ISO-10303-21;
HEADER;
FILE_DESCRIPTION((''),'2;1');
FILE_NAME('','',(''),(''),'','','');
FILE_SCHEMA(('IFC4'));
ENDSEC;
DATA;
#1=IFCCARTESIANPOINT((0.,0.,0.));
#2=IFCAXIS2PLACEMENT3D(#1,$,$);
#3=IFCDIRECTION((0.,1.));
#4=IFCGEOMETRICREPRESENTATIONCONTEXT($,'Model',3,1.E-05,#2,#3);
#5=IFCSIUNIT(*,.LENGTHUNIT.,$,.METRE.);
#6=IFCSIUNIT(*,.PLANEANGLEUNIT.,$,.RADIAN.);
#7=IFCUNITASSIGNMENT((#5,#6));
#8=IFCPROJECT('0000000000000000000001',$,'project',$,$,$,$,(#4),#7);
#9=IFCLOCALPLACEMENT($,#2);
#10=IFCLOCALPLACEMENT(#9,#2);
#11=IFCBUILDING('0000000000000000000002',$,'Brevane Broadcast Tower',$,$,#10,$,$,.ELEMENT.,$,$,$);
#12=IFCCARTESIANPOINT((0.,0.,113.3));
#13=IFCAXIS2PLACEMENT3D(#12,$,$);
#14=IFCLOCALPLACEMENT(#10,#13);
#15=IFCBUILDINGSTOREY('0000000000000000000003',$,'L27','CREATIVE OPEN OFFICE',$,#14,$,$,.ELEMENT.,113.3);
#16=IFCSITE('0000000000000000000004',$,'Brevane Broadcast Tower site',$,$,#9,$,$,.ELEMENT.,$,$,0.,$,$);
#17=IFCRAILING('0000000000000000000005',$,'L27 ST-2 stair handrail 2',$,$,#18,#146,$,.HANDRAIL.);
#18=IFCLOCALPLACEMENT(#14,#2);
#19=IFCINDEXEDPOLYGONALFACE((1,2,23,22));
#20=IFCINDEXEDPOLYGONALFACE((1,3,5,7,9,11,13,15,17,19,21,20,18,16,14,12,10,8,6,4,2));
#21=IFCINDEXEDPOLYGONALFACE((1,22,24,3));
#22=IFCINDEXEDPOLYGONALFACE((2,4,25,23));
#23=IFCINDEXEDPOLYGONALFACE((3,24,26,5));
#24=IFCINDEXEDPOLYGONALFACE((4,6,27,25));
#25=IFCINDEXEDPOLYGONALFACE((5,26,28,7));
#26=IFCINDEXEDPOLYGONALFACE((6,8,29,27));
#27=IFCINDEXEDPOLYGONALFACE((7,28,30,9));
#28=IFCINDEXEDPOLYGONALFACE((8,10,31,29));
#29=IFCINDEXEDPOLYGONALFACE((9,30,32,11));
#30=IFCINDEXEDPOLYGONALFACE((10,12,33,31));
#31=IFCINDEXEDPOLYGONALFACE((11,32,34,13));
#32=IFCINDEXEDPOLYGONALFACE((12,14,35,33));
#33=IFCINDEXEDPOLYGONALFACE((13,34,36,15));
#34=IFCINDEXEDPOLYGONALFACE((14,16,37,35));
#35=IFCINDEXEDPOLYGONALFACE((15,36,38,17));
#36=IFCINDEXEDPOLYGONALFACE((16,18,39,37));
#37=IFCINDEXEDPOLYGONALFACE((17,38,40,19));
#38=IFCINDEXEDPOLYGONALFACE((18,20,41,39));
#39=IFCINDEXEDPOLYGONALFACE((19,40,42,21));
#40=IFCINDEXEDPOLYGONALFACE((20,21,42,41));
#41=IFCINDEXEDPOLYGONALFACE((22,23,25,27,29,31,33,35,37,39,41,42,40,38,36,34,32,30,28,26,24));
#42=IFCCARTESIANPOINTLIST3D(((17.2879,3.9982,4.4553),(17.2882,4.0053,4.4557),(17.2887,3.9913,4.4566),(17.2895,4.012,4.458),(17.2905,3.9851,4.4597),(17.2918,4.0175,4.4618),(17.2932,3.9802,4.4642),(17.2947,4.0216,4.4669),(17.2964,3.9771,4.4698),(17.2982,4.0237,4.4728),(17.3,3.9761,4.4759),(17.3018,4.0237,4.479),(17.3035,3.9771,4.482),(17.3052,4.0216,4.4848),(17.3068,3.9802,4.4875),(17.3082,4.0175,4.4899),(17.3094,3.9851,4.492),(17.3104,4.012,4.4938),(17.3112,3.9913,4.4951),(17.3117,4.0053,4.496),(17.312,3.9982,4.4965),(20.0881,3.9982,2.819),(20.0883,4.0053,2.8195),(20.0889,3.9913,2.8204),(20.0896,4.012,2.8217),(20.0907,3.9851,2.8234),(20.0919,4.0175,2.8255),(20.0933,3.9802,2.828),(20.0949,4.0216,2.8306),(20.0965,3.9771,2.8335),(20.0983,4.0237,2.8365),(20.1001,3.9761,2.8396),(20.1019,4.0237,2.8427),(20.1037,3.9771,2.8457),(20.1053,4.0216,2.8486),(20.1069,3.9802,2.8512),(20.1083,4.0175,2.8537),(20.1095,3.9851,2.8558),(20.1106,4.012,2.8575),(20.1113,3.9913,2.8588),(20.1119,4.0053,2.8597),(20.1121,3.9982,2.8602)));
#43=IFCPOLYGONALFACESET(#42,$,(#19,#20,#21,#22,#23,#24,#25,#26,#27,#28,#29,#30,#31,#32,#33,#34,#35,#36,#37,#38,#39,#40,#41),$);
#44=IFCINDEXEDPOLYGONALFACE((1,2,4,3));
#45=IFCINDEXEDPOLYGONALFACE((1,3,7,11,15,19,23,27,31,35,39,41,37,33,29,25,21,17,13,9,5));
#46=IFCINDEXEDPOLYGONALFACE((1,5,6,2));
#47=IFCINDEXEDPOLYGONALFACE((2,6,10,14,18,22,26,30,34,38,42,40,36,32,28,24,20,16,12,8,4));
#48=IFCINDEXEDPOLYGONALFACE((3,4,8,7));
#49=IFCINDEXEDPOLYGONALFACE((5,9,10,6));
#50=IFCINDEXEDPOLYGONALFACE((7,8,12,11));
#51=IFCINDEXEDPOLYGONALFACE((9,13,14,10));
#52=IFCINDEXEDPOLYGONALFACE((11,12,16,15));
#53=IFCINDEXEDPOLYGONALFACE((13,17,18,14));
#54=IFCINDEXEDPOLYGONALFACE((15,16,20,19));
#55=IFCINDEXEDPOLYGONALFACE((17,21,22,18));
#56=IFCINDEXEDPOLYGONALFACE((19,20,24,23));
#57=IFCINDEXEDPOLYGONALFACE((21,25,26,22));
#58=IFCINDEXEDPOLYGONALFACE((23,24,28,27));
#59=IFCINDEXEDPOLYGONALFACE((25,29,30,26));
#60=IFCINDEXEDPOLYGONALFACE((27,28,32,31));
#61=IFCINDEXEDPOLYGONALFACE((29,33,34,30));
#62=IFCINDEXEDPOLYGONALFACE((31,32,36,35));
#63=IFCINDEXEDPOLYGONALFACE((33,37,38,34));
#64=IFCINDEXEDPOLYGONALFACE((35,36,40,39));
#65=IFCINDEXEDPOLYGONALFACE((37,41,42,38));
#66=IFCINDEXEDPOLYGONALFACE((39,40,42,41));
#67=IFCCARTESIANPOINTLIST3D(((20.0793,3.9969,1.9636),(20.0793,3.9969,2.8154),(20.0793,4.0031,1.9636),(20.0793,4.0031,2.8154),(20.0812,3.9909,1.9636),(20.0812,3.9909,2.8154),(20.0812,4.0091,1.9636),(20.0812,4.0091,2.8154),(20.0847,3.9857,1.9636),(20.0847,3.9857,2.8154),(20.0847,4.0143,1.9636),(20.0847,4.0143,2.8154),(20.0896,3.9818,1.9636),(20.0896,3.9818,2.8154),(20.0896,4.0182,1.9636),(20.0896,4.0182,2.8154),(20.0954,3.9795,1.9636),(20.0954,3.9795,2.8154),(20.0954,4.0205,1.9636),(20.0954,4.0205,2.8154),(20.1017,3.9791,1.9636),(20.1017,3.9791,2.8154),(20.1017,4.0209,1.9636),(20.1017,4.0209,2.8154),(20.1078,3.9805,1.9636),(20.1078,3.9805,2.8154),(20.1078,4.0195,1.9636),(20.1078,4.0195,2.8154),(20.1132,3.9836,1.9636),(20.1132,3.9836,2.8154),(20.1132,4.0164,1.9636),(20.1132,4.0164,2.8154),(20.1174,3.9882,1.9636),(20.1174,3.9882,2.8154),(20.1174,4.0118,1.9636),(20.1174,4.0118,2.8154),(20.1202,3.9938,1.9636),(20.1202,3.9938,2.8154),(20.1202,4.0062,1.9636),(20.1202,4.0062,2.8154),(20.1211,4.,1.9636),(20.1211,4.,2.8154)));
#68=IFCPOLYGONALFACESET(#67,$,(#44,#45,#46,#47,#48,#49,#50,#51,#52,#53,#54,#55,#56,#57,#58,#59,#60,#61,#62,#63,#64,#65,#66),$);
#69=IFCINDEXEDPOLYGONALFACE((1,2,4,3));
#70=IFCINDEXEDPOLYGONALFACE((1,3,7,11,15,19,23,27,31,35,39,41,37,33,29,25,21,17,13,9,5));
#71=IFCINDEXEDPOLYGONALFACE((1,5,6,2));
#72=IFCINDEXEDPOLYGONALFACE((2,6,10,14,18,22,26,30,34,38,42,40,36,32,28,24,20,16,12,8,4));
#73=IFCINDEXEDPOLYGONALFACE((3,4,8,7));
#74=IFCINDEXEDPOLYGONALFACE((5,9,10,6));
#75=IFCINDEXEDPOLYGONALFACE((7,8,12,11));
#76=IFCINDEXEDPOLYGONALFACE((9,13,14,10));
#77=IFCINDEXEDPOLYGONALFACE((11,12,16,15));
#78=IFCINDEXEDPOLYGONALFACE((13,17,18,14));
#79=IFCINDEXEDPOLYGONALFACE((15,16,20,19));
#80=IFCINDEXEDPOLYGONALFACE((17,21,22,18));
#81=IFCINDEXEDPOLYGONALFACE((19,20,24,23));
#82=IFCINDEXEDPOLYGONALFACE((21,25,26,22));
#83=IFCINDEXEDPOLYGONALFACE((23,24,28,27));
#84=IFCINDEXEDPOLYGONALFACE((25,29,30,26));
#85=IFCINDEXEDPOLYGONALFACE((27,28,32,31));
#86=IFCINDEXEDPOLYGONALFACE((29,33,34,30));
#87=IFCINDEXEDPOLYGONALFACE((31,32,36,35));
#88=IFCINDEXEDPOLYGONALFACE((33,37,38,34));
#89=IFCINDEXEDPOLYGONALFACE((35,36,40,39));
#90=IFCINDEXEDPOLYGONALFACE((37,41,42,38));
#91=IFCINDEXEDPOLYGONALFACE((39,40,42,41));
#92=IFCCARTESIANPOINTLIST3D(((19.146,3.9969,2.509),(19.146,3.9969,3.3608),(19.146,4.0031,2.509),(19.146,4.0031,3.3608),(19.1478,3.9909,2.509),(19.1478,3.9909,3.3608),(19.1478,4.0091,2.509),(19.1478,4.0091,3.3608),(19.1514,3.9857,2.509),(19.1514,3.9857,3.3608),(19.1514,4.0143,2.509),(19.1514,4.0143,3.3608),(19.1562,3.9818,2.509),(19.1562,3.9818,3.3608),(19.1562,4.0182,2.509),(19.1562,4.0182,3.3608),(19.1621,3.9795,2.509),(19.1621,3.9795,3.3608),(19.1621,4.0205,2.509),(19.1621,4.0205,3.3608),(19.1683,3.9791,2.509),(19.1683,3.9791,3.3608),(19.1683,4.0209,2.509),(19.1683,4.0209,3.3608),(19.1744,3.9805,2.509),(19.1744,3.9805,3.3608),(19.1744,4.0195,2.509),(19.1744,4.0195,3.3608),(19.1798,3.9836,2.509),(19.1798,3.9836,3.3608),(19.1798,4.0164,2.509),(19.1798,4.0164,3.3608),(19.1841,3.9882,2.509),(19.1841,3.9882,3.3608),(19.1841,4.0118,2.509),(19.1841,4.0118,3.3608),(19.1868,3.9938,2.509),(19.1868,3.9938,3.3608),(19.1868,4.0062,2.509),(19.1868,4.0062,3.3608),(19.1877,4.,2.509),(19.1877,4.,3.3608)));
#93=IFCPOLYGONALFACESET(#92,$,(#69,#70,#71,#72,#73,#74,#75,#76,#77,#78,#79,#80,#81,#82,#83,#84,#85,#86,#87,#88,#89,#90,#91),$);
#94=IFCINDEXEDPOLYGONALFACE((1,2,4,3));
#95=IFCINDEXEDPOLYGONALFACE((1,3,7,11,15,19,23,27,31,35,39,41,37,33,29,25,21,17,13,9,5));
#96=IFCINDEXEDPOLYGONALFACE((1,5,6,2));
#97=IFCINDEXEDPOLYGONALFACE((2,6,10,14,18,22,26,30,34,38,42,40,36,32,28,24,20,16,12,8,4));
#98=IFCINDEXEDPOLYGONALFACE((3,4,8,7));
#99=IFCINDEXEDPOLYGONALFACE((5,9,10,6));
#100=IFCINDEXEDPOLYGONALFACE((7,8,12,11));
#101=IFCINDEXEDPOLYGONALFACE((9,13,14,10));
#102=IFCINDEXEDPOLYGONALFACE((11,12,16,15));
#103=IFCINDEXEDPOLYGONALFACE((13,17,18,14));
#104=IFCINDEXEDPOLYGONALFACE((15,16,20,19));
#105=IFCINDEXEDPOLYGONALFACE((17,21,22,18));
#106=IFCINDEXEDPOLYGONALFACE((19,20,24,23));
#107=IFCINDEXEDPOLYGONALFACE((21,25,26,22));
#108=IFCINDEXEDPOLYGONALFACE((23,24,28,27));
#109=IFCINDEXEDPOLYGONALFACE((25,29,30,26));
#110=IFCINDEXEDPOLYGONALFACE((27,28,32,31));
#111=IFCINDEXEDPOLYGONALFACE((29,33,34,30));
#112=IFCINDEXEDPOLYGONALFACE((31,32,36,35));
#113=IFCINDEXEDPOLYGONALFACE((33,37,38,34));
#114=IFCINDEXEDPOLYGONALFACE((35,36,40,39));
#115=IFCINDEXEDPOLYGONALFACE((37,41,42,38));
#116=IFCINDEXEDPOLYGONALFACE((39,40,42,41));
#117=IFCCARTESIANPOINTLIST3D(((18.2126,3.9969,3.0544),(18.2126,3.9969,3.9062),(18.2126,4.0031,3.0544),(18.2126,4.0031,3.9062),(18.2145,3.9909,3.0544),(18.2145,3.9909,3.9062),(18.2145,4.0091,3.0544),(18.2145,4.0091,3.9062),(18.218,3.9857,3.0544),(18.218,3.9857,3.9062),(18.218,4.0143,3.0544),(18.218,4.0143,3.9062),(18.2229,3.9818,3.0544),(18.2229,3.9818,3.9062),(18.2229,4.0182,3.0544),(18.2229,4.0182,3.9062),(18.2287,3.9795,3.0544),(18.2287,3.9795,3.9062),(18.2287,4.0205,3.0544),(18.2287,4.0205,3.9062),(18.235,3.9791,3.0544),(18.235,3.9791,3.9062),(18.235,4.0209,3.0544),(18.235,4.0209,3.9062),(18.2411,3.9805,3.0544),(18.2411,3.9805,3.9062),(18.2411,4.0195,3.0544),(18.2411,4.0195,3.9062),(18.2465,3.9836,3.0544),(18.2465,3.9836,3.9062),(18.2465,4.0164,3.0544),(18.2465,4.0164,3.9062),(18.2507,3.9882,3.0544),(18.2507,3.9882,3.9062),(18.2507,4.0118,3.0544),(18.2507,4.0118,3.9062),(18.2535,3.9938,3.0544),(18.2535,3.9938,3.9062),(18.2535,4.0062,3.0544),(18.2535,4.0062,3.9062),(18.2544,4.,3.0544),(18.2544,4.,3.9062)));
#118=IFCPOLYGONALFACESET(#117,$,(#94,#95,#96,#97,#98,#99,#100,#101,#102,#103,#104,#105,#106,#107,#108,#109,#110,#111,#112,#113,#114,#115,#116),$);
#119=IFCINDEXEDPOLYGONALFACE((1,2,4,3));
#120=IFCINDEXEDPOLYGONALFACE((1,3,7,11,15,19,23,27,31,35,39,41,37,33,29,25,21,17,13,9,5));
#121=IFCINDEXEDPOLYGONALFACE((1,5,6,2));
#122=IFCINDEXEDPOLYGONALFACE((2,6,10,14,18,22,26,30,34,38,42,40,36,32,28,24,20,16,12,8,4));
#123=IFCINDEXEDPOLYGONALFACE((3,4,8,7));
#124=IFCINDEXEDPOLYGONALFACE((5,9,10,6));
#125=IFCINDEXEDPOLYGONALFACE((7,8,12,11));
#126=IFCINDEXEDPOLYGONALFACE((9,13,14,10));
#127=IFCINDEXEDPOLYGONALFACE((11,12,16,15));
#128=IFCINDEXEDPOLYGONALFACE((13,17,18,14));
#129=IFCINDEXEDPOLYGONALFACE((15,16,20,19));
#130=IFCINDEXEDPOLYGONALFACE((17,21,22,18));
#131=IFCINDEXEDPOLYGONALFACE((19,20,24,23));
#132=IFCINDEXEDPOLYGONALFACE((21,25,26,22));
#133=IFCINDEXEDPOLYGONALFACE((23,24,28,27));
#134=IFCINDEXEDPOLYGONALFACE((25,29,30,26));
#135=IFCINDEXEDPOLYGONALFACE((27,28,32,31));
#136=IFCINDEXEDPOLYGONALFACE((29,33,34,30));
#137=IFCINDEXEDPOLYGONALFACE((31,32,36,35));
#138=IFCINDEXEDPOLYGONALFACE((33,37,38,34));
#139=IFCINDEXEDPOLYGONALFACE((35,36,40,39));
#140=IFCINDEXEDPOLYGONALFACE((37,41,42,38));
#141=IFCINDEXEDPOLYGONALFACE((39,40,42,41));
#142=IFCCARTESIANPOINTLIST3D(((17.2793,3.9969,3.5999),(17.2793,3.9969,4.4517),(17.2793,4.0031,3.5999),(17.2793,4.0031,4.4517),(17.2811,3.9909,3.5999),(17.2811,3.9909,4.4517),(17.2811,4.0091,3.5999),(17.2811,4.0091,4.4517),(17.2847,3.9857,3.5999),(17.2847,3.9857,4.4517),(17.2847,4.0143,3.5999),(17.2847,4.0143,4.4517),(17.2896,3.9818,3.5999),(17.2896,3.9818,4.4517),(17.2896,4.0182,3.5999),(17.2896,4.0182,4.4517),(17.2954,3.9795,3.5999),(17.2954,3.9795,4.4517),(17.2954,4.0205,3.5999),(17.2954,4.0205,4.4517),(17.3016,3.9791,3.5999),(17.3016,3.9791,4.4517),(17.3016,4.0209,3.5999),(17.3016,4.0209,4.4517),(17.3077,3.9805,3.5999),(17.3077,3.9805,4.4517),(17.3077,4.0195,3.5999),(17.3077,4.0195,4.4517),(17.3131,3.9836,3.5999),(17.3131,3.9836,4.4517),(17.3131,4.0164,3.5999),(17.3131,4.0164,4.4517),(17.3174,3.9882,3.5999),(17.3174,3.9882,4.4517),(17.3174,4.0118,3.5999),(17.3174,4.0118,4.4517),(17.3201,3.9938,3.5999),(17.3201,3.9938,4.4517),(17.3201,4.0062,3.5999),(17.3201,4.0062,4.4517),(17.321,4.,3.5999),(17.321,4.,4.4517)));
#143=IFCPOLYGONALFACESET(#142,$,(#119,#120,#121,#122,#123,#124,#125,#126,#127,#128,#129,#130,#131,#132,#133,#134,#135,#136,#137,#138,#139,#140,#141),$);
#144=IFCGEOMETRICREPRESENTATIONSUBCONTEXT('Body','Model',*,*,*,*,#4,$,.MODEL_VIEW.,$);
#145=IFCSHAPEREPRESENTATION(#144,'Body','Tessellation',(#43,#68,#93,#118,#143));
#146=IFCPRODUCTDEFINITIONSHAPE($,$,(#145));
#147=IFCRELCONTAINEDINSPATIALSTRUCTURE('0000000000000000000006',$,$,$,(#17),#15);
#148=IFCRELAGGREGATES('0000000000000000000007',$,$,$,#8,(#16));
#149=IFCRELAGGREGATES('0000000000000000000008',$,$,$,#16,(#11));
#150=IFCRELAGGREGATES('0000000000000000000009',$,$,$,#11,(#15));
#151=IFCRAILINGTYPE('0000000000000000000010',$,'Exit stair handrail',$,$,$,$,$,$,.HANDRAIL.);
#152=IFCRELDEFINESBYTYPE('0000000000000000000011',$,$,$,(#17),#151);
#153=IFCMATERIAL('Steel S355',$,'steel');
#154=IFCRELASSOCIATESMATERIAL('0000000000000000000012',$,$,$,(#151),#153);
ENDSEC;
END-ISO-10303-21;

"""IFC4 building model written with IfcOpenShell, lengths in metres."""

from ifc_helpers import new_model, si_unit, direction, frame, origin, origin_2d, place, context, subcontext, project, spatial, circle, extrude, material, type_object, element, save


model = new_model("IFC4")

# Units and contexts
model_context = context("Model", 3, precision=1e-05, world=origin(), true_north=direction((0.0, 1.0)))
body_context = subcontext(model_context, "Body", "Model", "MODEL_VIEW")
ifc_project = project(units=[si_unit("LENGTHUNIT", "METRE"), si_unit("PLANEANGLEUNIT", "RADIAN")], contexts=[model_context])

# Site, building, storey
site_placement = place(None, origin())
site = spatial("IfcSite", under=ifc_project, at=site_placement, Name="Brevane Broadcast Tower site", CompositionType="ELEMENT", RefElevation=0.0)
building_placement = place(site_placement, origin())
building = spatial("IfcBuilding", under=site, at=building_placement, Name="Brevane Broadcast Tower", CompositionType="ELEMENT")
storey_placement = place(building_placement, frame((0.0, 0.0, 113.3)))
storey = spatial("IfcBuildingStorey", under=building, at=storey_placement, Name="L27", Description="CREATIVE OPEN OFFICE", CompositionType="ELEMENT", Elevation=113.3)

# Railing
ifc_material_1 = material(Name="Steel S355", Category="steel")
railing_type_1 = type_object("IfcRailingType", Name="Exit stair handrail", PredefinedType="HANDRAIL", material=ifc_material_1)
railing_1_placement = place(storey_placement, frame((20.1001, 4.0, 1.9636)))
element("IfcRailing", 1, at=railing_1_placement, inside=storey, type_object=railing_type_1, Name="L27 ST-2 stair handrail 2", PredefinedType="HANDRAIL", context=body_context, shape_type="SweptSolid", body=[
    extrude(circle(Radius=0.0239, at=origin_2d()), frame((0.0, 0.0, 0.876), z_axis=(-0.863394, 0.0, 0.504531), x_axis=(0.0, -1.0, 0.0)), (0.0, 0.0, 1.0), 3.2432),
    extrude(circle(Radius=0.021, at=origin_2d()), origin(), (0.0, 0.0, 1.0), 0.8518),
    extrude(circle(Radius=0.021, at=origin_2d()), frame((-0.9333, 0.0, 0.5454)), (0.0, 0.0, 1.0), 0.8518),
    extrude(circle(Radius=0.021, at=origin_2d()), frame((-1.8667, 0.0, 1.0908)), (0.0, 0.0, 1.0), 0.8518),
    extrude(circle(Radius=0.021, at=origin_2d()), frame((-2.8, 0.0, 1.6362)), (0.0, 0.0, 1.0), 0.8518),
])

save(model, "model.ifc")
